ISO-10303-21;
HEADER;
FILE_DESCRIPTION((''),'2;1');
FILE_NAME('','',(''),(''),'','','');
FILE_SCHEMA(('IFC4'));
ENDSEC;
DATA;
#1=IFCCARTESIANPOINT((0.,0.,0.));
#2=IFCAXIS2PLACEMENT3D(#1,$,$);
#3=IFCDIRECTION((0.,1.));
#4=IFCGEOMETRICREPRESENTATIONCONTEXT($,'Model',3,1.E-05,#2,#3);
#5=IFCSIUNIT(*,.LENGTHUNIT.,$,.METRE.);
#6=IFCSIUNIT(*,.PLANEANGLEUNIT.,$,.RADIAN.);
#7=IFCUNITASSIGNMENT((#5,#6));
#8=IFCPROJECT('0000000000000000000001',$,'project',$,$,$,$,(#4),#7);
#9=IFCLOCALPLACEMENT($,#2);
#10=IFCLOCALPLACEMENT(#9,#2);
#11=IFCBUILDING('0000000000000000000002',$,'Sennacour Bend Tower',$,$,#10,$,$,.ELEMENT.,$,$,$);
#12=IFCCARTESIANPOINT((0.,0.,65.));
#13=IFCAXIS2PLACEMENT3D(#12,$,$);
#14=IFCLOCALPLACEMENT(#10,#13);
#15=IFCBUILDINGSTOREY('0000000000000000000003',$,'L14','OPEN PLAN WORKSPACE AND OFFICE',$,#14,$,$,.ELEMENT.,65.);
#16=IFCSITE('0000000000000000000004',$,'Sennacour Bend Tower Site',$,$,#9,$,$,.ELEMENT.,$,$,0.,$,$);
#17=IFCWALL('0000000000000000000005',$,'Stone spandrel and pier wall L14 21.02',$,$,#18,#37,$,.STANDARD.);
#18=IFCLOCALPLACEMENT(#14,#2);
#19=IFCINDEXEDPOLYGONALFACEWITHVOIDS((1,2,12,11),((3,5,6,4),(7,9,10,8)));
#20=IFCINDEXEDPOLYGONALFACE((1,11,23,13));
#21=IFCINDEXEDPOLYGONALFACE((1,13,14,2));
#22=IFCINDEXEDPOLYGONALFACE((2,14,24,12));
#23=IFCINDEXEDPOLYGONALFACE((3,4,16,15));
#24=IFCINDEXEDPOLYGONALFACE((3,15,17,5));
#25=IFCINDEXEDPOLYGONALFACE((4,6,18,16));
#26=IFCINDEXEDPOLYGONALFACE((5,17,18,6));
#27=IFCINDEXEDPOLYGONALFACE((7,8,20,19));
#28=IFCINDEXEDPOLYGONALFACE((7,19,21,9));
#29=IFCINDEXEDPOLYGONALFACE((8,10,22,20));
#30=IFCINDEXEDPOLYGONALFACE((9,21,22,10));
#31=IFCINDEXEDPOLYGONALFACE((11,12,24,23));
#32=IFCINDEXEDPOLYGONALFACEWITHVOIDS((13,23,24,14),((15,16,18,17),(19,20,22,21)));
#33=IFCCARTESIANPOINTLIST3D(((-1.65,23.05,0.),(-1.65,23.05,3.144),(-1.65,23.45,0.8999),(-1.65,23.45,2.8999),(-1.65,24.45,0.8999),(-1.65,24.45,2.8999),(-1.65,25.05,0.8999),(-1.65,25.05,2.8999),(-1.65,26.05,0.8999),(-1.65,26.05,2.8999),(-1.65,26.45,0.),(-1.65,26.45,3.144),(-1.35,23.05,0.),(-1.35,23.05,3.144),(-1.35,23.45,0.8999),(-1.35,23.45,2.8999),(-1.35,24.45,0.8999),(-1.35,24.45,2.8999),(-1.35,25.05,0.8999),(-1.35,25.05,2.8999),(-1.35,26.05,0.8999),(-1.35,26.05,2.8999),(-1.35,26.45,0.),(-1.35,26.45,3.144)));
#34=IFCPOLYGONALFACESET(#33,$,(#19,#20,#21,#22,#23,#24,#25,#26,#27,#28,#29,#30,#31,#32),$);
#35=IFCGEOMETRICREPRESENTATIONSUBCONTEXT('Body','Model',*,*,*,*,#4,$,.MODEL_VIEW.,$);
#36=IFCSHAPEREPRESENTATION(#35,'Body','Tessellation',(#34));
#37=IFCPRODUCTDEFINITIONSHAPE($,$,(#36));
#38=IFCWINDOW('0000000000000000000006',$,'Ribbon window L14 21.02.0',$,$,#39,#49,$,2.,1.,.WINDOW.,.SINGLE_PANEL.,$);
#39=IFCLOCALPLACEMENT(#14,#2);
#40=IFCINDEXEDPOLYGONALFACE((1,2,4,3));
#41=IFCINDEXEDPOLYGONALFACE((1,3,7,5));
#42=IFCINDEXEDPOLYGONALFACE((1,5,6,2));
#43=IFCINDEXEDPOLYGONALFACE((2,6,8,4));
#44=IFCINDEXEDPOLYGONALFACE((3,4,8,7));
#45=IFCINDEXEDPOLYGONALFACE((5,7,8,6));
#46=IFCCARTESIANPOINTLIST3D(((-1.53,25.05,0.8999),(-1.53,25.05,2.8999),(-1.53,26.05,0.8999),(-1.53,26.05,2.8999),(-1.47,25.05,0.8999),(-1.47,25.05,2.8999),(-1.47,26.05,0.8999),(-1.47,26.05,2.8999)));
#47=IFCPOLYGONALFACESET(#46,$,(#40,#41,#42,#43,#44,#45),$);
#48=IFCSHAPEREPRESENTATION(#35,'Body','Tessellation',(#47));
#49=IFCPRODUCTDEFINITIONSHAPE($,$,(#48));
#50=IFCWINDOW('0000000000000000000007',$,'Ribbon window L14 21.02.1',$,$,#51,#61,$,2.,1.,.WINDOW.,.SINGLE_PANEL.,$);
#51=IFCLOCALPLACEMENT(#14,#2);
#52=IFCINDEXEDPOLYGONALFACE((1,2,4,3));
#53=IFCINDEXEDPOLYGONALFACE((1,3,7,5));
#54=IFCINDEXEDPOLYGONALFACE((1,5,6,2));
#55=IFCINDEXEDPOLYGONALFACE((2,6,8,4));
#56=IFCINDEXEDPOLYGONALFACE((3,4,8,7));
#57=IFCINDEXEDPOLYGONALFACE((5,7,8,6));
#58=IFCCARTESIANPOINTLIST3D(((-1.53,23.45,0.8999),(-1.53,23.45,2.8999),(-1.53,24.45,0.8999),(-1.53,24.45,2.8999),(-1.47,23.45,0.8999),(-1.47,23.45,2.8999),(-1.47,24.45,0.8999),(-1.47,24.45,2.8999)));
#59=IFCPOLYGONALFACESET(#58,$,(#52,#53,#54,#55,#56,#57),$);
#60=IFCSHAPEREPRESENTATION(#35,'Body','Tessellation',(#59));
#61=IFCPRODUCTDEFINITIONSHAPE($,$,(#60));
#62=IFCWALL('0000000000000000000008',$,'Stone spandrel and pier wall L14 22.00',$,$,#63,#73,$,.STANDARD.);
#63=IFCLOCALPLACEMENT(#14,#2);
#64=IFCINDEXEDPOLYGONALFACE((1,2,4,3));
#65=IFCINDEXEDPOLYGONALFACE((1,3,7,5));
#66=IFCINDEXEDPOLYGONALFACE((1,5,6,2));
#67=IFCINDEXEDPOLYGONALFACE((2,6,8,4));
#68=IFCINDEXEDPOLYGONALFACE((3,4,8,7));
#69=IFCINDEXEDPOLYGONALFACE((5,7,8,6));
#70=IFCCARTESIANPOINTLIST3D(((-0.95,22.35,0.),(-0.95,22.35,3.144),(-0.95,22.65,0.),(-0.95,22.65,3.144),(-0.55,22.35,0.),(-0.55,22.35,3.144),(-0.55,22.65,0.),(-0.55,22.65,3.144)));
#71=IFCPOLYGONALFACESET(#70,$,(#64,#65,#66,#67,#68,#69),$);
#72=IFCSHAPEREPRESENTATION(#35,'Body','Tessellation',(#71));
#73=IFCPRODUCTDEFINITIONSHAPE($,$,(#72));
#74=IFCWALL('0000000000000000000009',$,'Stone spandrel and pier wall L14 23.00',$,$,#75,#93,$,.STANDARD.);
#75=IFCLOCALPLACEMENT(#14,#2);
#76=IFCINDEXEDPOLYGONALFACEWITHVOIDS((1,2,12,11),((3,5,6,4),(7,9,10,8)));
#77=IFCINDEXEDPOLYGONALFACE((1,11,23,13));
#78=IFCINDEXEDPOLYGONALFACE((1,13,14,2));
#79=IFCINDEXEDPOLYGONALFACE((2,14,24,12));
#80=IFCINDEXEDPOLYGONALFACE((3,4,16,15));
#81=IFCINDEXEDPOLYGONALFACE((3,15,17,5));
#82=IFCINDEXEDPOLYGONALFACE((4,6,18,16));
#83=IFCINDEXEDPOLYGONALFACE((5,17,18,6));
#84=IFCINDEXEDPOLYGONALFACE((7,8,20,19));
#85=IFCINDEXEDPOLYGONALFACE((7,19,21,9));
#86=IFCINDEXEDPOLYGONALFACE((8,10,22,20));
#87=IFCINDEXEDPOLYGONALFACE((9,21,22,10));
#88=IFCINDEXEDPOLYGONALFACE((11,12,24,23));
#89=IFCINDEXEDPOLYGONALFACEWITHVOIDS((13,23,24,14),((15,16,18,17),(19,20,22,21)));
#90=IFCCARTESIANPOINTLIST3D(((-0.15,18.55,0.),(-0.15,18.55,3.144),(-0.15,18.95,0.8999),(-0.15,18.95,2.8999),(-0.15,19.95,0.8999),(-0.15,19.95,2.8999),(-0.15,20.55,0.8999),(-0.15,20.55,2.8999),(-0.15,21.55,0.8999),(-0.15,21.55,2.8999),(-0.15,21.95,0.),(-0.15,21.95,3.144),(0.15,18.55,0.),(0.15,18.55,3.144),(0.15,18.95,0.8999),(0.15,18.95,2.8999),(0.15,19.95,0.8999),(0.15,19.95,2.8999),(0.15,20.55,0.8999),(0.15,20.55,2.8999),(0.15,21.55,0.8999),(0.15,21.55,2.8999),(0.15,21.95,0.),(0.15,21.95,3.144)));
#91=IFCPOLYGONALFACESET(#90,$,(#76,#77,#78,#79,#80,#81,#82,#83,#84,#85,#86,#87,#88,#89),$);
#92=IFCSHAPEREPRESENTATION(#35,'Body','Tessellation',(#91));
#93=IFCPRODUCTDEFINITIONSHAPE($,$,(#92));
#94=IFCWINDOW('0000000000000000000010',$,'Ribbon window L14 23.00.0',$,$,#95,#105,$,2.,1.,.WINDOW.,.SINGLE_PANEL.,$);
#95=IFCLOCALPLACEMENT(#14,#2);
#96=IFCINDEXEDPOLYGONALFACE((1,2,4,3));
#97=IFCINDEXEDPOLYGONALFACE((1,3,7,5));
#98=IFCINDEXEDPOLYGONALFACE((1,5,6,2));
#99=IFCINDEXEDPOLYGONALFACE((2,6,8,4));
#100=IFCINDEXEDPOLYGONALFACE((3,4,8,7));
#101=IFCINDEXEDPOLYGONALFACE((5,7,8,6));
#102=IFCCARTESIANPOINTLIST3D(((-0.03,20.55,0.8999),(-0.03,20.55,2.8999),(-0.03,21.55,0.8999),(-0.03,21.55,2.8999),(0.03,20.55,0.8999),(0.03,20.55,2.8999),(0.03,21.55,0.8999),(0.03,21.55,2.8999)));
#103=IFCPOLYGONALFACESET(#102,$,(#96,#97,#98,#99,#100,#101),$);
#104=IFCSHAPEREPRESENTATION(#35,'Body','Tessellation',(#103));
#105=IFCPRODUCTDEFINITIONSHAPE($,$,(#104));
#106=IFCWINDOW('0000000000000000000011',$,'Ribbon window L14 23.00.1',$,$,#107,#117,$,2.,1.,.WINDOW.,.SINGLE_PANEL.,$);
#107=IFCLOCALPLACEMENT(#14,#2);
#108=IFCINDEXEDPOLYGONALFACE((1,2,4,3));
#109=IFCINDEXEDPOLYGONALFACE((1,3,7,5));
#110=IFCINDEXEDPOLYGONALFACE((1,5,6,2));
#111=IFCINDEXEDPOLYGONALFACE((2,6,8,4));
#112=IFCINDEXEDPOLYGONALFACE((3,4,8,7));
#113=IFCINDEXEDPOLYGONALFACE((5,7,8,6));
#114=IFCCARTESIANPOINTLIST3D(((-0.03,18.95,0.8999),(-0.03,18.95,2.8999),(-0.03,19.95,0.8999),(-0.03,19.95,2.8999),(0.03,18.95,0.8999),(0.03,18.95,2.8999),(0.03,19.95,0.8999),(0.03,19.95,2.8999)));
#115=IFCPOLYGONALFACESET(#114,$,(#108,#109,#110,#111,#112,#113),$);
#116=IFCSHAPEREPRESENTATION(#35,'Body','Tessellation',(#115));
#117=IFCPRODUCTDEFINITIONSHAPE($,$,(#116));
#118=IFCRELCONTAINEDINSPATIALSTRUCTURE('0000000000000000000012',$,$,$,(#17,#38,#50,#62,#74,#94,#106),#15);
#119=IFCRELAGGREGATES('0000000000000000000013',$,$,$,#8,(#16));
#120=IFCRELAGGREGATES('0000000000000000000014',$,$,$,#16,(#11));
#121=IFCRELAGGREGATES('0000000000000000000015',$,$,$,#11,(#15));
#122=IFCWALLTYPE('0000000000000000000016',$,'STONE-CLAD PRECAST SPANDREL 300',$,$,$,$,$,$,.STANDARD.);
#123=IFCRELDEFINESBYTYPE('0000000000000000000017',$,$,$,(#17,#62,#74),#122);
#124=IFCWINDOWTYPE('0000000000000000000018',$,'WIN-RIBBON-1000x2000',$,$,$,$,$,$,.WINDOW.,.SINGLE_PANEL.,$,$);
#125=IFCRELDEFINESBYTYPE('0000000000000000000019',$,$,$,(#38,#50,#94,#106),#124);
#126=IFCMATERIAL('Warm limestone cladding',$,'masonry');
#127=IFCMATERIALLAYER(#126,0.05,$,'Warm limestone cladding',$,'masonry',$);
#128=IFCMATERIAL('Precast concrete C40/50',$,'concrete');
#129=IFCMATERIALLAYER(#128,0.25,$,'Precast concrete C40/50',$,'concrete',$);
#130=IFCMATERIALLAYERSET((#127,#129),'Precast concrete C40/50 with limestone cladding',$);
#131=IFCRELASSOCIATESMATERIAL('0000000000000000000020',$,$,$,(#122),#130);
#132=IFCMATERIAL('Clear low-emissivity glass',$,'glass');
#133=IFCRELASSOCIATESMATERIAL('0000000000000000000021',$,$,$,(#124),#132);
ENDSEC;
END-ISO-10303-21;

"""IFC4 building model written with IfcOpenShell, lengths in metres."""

from ifc_helpers import new_model, si_unit, direction, frame, frame_2d, origin, place, context, subcontext, project, spatial, rectangle, extrude, material, layer, layer_set, type_object, element, fill, save


model = new_model("IFC4")

# Units and contexts
model_context = context("Model", 3, precision=1e-05, world=origin(), true_north=direction((0.0, 1.0)))
body_context = subcontext(model_context, "Body", "Model", "MODEL_VIEW")
ifc_project = project(units=[si_unit("LENGTHUNIT", "METRE"), si_unit("PLANEANGLEUNIT", "RADIAN")], contexts=[model_context])

# Site, building, storey
site_placement = place(None, origin())
site = spatial("IfcSite", under=ifc_project, at=site_placement, Name="Sennacour Bend Tower Site", CompositionType="ELEMENT", RefElevation=0.0)
building_placement = place(site_placement, origin())
building = spatial("IfcBuilding", under=site, at=building_placement, Name="Sennacour Bend Tower", CompositionType="ELEMENT")
storey_placement = place(building_placement, frame((0.0, 0.0, 65.0)))
storey = spatial("IfcBuildingStorey", under=building, at=storey_placement, Name="L14", Description="OPEN PLAN WORKSPACE AND OFFICE", CompositionType="ELEMENT", Elevation=65.0)

# Shared definitions
ifc_material_1 = material(Name="Warm limestone cladding", Category="masonry")
ifc_layer_1 = layer(ifc_material_1, 0.05, Name="Warm limestone cladding", Category="masonry")
ifc_material_2 = material(Name="Precast concrete C40/50", Category="concrete")
ifc_layer_2 = layer(ifc_material_2, 0.25, Name="Precast concrete C40/50", Category="concrete")
ifc_layer_set_1 = layer_set([ifc_layer_1, ifc_layer_2], Name="Precast concrete C40/50 with limestone cladding")
wall_type_1 = type_object("IfcWallType", Name="STONE-CLAD PRECAST SPANDREL 300", PredefinedType="STANDARD", material=ifc_layer_set_1)

# Wall, openings, windows
ifc_material_3 = material(Name="Clear low-emissivity glass", Category="glass")
window_type = type_object("IfcWindowType", Name="WIN-RIBBON-1000x2000", PartitioningType="SINGLE_PANEL", PredefinedType="WINDOW", material=ifc_material_3)
wall_1_placement = place(storey_placement, frame((-1.5, 26.45, 0.0), z_axis=(0.0, 0.0, 1.0), x_axis=(0.0, -1.0, 0.0)))
wall_1 = element("IfcWall", 1, at=wall_1_placement, inside=storey, type_object=wall_type_1, Name="Stone spandrel and pier wall L14 21.02", PredefinedType="STANDARD", context=body_context, shape_type="SweptSolid", body=[
    extrude(rectangle(XDim=3.3999, YDim=0.3, at=frame_2d((1.7, 0.0))), origin(), (0.0, 0.0, 1.0), 3.144),
])
opening_1_placement = place(wall_1_placement, frame((0.3999, 0.0, 0.8999)))
opening_1 = element("IfcOpeningElement", 2, at=opening_1_placement, cuts=wall_1, PredefinedType="OPENING", context=body_context, shape_type="SweptSolid", body=[
    extrude(rectangle(XDim=1.0, YDim=2.0, at=frame_2d((0.5, 1.0))), frame((0.0, 0.1602, 0.0), z_axis=(0.0, -1.0, 0.0), x_axis=(1.0, 0.0, 0.0)), (0.0, 0.0, 1.0), 0.3201),
])
opening_2_placement = place(wall_1_placement, frame((2.0, 0.0, 0.8999)))
opening_2 = element("IfcOpeningElement", 3, at=opening_2_placement, cuts=wall_1, PredefinedType="OPENING", context=body_context, shape_type="SweptSolid", body=[
    extrude(rectangle(XDim=1.0, YDim=2.0, at=frame_2d((0.5, 1.0))), frame((0.0, 0.1602, 0.0), z_axis=(0.0, -1.0, 0.0), x_axis=(1.0, 0.0, 0.0)), (0.0, 0.0, 1.0), 0.3201),
])
window_1_placement = place(opening_1_placement, origin())
window_1 = element("IfcWindow", 4, at=window_1_placement, inside=storey, type_object=window_type, Name="Ribbon window L14 21.02.0", OverallHeight=2.0, OverallWidth=1.0, PartitioningType="SINGLE_PANEL", PredefinedType="WINDOW", context=body_context, shape_type="SweptSolid", body=[
    extrude(rectangle(XDim=1.0, YDim=2.0, at=frame_2d((0.5, 1.0))), frame((0.0, 0.03, 0.0), z_axis=(0.0, -1.0, 0.0), x_axis=(1.0, 0.0, 0.0)), (0.0, 0.0, 1.0), 0.0601),
])
fill(opening_1, window_1)
window_2_placement = place(opening_2_placement, origin())
window_2 = element("IfcWindow", 5, at=window_2_placement, inside=storey, type_object=window_type, Name="Ribbon window L14 21.02.1", OverallHeight=2.0, OverallWidth=1.0, PartitioningType="SINGLE_PANEL", PredefinedType="WINDOW", context=body_context, shape_type="SweptSolid", body=[
    extrude(rectangle(XDim=1.0, YDim=2.0, at=frame_2d((0.5, 1.0))), frame((0.0, 0.03, 0.0), z_axis=(0.0, -1.0, 0.0), x_axis=(1.0, 0.0, 0.0)), (0.0, 0.0, 1.0), 0.0601),
])
fill(opening_2, window_2)

# Wall
wall_2_placement = place(storey_placement, frame((-0.95, 22.5, 0.0), z_axis=(0.0, 0.0, 1.0), x_axis=(1.0, 0.0, 0.0)))
element("IfcWall", 6, at=wall_2_placement, inside=storey, type_object=wall_type_1, Name="Stone spandrel and pier wall L14 22.00", PredefinedType="STANDARD", context=body_context, shape_type="SweptSolid", body=[
    extrude(rectangle(XDim=0.3999, YDim=0.3, at=frame_2d((0.2, 0.0))), origin(), (0.0, 0.0, 1.0), 3.144),
])

# Wall, openings, windows
wall_3_placement = place(storey_placement, frame((0.0, 21.95, 0.0), z_axis=(0.0, 0.0, 1.0), x_axis=(0.0, -1.0, 0.0)))
wall_3 = element("IfcWall", 7, at=wall_3_placement, inside=storey, type_object=wall_type_1, Name="Stone spandrel and pier wall L14 23.00", PredefinedType="STANDARD", context=body_context, shape_type="SweptSolid", body=[
    extrude(rectangle(XDim=3.3999, YDim=0.3, at=frame_2d((1.7, 0.0))), origin(), (0.0, 0.0, 1.0), 3.144),
])
opening_3_placement = place(wall_3_placement, frame((0.3999, 0.0, 0.8999)))
opening_3 = element("IfcOpeningElement", 8, at=opening_3_placement, cuts=wall_3, PredefinedType="OPENING", context=body_context, shape_type="SweptSolid", body=[
    extrude(rectangle(XDim=1.0, YDim=2.0, at=frame_2d((0.5, 1.0))), frame((0.0, 0.1602, 0.0), z_axis=(0.0, -1.0, 0.0), x_axis=(1.0, 0.0, 0.0)), (0.0, 0.0, 1.0), 0.3201),
])
opening_4_placement = place(wall_3_placement, frame((2.0, 0.0, 0.8999)))
opening_4 = element("IfcOpeningElement", 9, at=opening_4_placement, cuts=wall_3, PredefinedType="OPENING", context=body_context, shape_type="SweptSolid", body=[
    extrude(rectangle(XDim=1.0, YDim=2.0, at=frame_2d((0.5, 1.0))), frame((0.0, 0.1602, 0.0), z_axis=(0.0, -1.0, 0.0), x_axis=(1.0, 0.0, 0.0)), (0.0, 0.0, 1.0), 0.3201),
])
window_3_placement = place(opening_3_placement, origin())
window_3 = element("IfcWindow", 10, at=window_3_placement, inside=storey, type_object=window_type, Name="Ribbon window L14 23.00.0", OverallHeight=2.0, OverallWidth=1.0, PartitioningType="SINGLE_PANEL", PredefinedType="WINDOW", context=body_context, shape_type="SweptSolid", body=[
    extrude(rectangle(XDim=1.0, YDim=2.0, at=frame_2d((0.5, 1.0))), frame((0.0, 0.03, 0.0), z_axis=(0.0, -1.0, 0.0), x_axis=(1.0, 0.0, 0.0)), (0.0, 0.0, 1.0), 0.0601),
])
fill(opening_3, window_3)
window_4_placement = place(opening_4_placement, origin())
window_4 = element("IfcWindow", 11, at=window_4_placement, inside=storey, type_object=window_type, Name="Ribbon window L14 23.00.1", OverallHeight=2.0, OverallWidth=1.0, PartitioningType="SINGLE_PANEL", PredefinedType="WINDOW", context=body_context, shape_type="SweptSolid", body=[
    extrude(rectangle(XDim=1.0, YDim=2.0, at=frame_2d((0.5, 1.0))), frame((0.0, 0.03, 0.0), z_axis=(0.0, -1.0, 0.0), x_axis=(1.0, 0.0, 0.0)), (0.0, 0.0, 1.0), 0.0601),
])
fill(opening_4, window_4)

save(model, "model.ifc")
